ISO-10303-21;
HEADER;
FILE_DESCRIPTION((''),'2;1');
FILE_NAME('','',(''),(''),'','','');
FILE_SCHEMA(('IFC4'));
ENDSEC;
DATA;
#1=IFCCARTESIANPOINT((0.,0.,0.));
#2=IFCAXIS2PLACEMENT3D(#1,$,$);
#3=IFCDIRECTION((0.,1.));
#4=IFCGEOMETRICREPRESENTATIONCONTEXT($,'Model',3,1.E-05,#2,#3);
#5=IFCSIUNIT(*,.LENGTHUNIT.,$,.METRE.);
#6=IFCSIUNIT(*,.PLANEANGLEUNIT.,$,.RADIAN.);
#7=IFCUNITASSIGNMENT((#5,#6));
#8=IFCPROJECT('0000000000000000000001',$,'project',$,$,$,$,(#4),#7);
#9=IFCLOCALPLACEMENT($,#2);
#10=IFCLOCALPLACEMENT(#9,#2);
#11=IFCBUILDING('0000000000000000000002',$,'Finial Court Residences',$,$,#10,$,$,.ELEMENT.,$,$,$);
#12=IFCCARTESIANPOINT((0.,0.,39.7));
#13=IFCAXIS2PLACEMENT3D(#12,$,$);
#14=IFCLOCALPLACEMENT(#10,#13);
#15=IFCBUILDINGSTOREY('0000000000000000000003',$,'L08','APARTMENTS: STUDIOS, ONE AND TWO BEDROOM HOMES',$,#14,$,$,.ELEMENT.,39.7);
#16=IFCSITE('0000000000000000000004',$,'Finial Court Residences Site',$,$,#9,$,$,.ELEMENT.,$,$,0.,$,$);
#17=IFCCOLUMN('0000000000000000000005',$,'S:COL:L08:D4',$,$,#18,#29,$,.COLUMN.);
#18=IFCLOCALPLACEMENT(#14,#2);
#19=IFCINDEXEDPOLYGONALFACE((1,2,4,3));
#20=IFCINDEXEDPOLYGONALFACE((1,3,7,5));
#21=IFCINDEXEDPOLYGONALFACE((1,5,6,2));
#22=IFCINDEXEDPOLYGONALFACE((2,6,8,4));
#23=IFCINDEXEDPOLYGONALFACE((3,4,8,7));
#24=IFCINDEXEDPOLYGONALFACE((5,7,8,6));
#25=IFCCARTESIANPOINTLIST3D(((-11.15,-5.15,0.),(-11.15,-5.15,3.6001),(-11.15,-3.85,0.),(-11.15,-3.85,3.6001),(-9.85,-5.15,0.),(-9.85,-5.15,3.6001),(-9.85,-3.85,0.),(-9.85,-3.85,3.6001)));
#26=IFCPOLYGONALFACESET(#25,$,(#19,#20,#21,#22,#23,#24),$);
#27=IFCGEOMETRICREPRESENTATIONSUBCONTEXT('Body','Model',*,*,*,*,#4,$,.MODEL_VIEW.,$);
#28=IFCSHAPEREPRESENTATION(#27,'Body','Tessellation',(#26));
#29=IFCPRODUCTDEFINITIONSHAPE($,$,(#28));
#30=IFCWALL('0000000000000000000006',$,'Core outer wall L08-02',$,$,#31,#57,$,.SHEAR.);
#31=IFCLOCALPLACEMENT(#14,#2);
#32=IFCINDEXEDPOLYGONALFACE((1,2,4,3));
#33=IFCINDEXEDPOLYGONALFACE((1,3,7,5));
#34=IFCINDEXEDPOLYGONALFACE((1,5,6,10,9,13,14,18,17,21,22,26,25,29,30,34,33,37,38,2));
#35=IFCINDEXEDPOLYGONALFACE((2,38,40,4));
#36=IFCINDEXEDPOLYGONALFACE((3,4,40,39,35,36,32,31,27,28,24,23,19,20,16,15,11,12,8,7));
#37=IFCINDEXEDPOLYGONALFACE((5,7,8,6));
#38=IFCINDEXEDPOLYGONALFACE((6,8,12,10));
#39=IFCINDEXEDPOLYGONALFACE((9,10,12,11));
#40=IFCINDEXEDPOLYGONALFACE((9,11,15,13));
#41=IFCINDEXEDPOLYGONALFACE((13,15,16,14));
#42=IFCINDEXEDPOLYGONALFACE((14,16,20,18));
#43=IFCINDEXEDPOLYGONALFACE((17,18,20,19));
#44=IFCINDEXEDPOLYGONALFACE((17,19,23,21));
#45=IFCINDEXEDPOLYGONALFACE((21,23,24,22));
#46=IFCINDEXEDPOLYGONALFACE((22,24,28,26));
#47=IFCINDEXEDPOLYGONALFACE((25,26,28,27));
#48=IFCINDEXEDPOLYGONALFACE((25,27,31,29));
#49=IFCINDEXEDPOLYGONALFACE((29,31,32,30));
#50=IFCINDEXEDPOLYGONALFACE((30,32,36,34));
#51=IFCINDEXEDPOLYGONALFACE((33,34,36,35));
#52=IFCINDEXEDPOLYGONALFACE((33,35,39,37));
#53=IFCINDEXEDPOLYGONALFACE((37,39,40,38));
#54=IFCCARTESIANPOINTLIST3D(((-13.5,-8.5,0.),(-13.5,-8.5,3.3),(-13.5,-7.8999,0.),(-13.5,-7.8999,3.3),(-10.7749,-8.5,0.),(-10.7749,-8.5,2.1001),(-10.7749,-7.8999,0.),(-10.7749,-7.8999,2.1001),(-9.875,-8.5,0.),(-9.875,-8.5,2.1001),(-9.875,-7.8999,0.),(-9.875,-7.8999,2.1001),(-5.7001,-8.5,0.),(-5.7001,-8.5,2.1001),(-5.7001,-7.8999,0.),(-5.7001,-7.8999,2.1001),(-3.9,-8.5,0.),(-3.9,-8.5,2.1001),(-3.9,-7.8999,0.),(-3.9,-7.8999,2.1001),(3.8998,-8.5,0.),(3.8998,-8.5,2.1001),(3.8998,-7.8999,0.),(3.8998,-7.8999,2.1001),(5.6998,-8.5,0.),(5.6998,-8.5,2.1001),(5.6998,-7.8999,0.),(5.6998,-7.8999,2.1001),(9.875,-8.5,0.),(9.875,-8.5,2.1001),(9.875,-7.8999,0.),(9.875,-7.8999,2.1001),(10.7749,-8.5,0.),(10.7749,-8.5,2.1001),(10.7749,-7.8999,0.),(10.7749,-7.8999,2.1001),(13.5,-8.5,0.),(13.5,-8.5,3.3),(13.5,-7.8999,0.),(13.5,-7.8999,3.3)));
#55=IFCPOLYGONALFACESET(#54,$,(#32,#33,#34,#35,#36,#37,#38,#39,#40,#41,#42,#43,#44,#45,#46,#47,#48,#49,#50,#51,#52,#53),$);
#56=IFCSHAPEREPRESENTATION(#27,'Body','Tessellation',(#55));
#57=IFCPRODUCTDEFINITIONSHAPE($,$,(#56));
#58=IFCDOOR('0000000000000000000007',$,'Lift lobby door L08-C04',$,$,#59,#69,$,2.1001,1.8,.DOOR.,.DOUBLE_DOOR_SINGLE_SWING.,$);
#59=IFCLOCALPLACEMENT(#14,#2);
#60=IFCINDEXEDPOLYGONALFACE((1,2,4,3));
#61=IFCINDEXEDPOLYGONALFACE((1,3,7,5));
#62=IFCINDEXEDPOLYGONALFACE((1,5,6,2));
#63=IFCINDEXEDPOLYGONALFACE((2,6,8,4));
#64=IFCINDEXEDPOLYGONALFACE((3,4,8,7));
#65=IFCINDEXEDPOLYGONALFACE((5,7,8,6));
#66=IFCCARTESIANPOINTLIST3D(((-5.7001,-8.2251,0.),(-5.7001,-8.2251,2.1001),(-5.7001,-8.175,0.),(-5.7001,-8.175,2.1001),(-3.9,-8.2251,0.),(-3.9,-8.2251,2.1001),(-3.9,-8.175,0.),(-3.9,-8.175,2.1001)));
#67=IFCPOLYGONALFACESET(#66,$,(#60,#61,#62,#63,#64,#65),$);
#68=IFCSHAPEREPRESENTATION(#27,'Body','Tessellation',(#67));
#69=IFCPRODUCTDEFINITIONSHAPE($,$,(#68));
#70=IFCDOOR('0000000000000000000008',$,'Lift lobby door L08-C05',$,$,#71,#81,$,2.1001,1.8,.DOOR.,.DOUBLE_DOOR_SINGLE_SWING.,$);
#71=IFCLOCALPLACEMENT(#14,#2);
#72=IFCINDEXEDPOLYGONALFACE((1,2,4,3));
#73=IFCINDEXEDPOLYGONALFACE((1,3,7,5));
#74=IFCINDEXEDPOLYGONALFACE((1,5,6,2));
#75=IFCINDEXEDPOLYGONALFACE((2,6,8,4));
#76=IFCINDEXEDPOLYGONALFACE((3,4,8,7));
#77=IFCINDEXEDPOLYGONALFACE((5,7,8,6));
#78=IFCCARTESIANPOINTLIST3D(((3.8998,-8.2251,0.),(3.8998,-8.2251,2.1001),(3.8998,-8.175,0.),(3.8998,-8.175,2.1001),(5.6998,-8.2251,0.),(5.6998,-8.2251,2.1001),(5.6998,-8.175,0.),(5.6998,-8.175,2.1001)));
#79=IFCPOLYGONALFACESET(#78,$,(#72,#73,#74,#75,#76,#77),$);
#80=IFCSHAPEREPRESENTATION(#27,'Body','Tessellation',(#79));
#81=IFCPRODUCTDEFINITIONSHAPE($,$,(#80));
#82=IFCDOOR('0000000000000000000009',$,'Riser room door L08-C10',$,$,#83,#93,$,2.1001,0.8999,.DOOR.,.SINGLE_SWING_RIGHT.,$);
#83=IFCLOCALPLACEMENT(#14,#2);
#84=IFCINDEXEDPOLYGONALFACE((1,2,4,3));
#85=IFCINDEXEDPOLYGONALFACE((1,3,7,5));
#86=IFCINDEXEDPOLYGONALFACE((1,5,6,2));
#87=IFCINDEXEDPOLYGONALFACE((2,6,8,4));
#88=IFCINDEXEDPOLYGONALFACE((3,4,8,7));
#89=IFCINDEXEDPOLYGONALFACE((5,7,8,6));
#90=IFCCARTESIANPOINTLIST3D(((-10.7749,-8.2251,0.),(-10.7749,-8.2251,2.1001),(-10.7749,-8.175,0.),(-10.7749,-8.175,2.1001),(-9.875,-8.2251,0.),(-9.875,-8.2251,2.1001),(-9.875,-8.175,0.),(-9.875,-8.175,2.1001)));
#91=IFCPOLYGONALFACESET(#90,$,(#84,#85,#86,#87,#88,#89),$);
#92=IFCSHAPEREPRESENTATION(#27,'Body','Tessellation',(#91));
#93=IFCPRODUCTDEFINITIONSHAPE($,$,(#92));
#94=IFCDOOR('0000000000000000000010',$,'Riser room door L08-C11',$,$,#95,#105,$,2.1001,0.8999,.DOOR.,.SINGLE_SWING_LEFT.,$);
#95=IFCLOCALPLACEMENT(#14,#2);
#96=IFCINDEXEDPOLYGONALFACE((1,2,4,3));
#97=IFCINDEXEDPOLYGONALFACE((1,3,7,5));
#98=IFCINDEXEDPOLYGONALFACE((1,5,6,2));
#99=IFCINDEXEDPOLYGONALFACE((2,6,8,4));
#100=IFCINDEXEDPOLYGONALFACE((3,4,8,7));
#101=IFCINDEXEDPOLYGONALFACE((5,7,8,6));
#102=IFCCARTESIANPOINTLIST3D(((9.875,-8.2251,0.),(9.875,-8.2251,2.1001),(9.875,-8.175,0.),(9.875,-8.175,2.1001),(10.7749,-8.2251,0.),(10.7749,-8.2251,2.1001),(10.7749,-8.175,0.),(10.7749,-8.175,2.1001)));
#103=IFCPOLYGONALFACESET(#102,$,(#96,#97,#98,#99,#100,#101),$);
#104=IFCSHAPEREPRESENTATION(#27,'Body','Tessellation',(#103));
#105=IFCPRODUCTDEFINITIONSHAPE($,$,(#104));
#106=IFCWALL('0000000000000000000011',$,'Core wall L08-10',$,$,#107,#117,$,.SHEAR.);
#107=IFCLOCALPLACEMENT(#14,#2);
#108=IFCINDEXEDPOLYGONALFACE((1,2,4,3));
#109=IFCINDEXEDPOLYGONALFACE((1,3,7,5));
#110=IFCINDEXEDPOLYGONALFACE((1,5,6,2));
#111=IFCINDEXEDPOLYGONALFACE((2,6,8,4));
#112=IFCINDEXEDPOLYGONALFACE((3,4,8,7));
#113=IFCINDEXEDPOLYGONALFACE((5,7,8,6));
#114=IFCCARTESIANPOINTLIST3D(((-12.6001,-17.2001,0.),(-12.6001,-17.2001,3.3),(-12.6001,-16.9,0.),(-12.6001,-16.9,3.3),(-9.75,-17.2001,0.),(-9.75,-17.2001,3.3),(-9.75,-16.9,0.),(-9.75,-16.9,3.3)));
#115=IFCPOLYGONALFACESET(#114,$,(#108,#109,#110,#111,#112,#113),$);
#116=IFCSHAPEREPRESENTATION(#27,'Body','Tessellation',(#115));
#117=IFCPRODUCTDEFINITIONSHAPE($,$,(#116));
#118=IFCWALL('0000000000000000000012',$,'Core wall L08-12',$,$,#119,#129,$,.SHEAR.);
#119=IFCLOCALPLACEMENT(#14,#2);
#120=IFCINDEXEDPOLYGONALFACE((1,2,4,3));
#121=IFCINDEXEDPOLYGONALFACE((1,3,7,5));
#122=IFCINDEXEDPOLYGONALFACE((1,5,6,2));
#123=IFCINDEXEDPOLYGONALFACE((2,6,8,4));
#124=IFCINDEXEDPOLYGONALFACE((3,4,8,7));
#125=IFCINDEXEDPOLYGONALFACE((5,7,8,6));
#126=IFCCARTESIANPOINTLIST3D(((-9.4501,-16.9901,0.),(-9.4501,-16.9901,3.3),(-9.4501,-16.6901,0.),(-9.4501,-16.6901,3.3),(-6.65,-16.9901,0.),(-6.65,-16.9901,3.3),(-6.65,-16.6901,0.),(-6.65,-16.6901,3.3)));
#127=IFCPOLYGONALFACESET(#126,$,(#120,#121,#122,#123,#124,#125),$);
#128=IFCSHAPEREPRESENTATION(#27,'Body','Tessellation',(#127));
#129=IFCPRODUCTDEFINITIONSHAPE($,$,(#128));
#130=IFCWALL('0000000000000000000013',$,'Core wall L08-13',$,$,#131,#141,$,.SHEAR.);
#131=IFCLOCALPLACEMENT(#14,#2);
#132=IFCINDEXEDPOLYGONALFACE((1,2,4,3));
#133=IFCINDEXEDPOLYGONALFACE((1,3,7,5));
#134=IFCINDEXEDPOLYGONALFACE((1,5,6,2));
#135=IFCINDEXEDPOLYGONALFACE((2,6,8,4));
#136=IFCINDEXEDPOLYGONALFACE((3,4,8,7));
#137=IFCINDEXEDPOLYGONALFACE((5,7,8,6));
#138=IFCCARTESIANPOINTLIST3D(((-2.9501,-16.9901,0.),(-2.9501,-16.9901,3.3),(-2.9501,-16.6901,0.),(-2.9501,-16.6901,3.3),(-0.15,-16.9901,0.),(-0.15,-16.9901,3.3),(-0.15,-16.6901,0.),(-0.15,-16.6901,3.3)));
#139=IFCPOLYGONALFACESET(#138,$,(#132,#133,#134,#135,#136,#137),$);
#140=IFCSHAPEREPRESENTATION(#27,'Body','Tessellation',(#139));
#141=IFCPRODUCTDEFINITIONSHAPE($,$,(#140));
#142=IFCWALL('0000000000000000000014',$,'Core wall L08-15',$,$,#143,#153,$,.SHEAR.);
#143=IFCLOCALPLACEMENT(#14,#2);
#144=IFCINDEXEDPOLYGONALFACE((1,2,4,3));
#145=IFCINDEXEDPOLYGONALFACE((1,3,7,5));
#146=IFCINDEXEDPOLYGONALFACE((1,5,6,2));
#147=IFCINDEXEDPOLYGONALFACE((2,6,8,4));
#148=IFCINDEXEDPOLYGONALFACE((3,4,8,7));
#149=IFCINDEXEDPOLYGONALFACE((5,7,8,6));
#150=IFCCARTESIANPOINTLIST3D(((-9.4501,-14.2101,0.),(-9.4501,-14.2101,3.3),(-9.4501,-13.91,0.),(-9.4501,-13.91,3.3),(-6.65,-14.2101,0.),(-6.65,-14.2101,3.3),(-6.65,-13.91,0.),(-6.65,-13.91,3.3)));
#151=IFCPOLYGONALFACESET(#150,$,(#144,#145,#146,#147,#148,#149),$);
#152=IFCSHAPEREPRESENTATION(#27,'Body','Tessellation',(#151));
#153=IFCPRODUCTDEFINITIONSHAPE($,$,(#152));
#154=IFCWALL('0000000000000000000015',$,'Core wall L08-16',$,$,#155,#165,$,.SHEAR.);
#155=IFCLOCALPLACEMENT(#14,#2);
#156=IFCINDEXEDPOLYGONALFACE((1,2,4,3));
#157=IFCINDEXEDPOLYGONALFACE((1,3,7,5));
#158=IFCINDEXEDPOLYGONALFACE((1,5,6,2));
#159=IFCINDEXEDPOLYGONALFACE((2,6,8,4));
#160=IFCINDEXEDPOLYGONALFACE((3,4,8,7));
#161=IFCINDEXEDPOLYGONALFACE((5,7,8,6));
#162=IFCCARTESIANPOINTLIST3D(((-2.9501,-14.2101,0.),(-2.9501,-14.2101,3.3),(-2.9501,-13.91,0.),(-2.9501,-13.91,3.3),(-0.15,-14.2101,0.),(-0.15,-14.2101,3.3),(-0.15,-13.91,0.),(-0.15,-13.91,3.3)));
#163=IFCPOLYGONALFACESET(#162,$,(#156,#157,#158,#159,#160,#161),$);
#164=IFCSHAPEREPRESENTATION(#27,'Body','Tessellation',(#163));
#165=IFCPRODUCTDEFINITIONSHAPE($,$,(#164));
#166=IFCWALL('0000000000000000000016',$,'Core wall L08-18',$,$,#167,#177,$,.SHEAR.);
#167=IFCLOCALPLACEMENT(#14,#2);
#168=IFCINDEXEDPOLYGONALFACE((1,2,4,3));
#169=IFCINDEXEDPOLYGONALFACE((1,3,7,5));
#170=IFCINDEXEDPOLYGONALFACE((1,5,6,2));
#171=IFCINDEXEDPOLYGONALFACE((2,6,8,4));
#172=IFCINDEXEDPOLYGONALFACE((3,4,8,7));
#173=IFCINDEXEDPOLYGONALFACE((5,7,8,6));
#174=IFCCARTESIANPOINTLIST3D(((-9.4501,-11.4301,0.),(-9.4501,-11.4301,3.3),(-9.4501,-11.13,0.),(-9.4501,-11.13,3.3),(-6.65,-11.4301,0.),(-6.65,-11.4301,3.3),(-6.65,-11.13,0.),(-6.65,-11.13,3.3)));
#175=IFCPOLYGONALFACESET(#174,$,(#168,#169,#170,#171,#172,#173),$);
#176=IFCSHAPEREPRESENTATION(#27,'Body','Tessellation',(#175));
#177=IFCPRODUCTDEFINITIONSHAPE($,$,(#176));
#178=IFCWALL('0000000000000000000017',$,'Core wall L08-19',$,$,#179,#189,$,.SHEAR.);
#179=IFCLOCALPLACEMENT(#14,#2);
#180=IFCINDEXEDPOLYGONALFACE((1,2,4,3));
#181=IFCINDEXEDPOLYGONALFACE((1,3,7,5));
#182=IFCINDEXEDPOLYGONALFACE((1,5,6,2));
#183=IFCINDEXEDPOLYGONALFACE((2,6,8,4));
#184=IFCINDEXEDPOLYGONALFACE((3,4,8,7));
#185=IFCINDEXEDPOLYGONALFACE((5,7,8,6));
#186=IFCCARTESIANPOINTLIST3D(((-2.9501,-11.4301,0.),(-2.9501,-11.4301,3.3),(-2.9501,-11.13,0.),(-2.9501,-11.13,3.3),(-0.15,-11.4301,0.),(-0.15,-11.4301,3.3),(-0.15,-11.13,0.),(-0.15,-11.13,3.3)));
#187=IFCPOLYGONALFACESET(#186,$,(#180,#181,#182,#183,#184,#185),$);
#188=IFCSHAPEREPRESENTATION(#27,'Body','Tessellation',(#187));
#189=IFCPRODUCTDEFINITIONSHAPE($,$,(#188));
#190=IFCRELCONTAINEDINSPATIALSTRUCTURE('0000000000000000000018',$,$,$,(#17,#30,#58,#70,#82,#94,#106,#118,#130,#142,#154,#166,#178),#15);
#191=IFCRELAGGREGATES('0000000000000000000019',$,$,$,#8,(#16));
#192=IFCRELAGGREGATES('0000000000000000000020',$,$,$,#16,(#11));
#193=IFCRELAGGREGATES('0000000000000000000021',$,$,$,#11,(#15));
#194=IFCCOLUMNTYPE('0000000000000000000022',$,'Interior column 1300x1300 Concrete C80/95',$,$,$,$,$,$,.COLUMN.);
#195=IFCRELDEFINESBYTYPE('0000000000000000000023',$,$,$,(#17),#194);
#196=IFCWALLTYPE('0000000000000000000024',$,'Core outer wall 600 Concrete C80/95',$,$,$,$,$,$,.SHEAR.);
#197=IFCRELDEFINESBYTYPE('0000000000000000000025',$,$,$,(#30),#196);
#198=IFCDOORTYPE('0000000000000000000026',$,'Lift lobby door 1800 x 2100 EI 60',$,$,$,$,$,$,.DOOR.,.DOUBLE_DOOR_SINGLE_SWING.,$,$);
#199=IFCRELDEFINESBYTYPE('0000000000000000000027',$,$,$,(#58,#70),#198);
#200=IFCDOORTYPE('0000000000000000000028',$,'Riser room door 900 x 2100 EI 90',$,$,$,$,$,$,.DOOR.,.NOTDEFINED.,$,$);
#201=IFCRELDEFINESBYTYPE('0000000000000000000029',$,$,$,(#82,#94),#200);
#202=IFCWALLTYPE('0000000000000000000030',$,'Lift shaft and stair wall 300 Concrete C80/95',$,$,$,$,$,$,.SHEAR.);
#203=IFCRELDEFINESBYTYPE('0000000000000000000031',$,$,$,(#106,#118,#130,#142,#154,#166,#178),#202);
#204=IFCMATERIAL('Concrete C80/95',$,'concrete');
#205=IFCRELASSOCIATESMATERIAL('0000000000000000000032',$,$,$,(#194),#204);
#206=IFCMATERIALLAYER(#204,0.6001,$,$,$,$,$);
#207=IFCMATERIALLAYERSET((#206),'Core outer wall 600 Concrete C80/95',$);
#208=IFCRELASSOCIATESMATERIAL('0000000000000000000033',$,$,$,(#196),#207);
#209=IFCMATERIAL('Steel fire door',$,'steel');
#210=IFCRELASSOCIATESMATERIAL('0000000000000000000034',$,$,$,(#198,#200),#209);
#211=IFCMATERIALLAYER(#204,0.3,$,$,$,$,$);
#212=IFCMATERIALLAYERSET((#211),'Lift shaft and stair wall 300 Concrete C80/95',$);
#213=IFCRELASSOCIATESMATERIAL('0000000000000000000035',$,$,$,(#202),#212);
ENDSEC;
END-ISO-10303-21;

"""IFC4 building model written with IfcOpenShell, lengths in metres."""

from ifc_helpers import new_model, si_unit, direction, frame, frame_2d, origin, origin_2d, place, context, subcontext, project, spatial, rectangle, extrude, material, layer, layer_set, material_profile, profile_set, type_object, element, fill, save


model = new_model("IFC4")

# Units and contexts
model_context = context("Model", 3, precision=1e-05, world=origin(), true_north=direction((0.0, 1.0)))
body_context = subcontext(model_context, "Body", "Model", "MODEL_VIEW")
ifc_project = project(units=[si_unit("LENGTHUNIT", "METRE"), si_unit("PLANEANGLEUNIT", "RADIAN")], contexts=[model_context])

# Site, building, storey
site_placement = place(None, origin())
site = spatial("IfcSite", under=ifc_project, at=site_placement, Name="Finial Court Residences Site", CompositionType="ELEMENT", RefElevation=0.0)
building_placement = place(site_placement, origin())
building = spatial("IfcBuilding", under=site, at=building_placement, Name="Finial Court Residences", CompositionType="ELEMENT")
storey_placement = place(building_placement, frame((0.0, 0.0, 39.7)))
storey = spatial("IfcBuildingStorey", under=building, at=storey_placement, Name="L08", Description="APARTMENTS: STUDIOS, ONE AND TWO BEDROOM HOMES", CompositionType="ELEMENT", Elevation=39.7)

# Column
ifc_material_1 = material(Name="Concrete C80/95", Category="concrete")
ifc_material_profile = material_profile(ifc_material_1, rectangle(XDim=1.3, YDim=1.3, at=origin_2d()), Name="1300x1300")
ifc_profile_set = profile_set([ifc_material_profile], Name="Concrete C80/95")
column_type = type_object("IfcColumnType", Name="Interior column 1300x1300 Concrete C80/95", PredefinedType="COLUMN", material=ifc_profile_set)
column_placement = place(storey_placement, frame((-10.5, -4.5, 0.0), z_axis=(0.0, 0.0, 1.0), x_axis=(1.0, 0.0, 0.0)))
element("IfcColumn", 1, at=column_placement, inside=storey, type_object=column_type, Name="S:COL:L08:D4", PredefinedType="COLUMN", context=body_context, shape_type="SweptSolid", body=[
    extrude(rectangle(XDim=1.3, YDim=1.3, at=origin_2d()), origin(), (0.0, 0.0, 1.0), 3.6001),
])

# Wall, openings, doors
ifc_layer_1 = layer(ifc_material_1, 0.6001)
ifc_layer_set_1 = layer_set([ifc_layer_1], Name="Core outer wall 600 Concrete C80/95")
wall_type_1 = type_object("IfcWallType", Name="Core outer wall 600 Concrete C80/95", PredefinedType="SHEAR", material=ifc_layer_set_1)
wall_1_placement = place(storey_placement, frame((-13.5, -8.2, 0.0), z_axis=(0.0, 0.0, 1.0), x_axis=(1.0, 0.0, 0.0)))
wall_1 = element("IfcWall", 2, at=wall_1_placement, inside=storey, type_object=wall_type_1, Name="Core outer wall L08-02", PredefinedType="SHEAR", context=body_context, shape_type="SweptSolid", body=[
    extrude(rectangle(XDim=27.0, YDim=0.6001, at=frame_2d((13.5, 0.0))), origin(), (0.0, 0.0, 1.0), 3.3),
])
opening_1_placement = place(wall_1_placement, frame((7.8, 0.0, 0.0)))
opening_1 = element("IfcOpeningElement", 3, at=opening_1_placement, cuts=wall_1, PredefinedType="OPENING", context=body_context, shape_type="SweptSolid", body=[
    extrude(rectangle(XDim=1.8, YDim=2.1001, at=frame_2d((0.8999, 1.05))), frame((0.0, 0.3101, 0.0), z_axis=(0.0, -1.0, 0.0), x_axis=(1.0, 0.0, 0.0)), (0.0, 0.0, 1.0), 0.6201),
])
opening_2_placement = place(wall_1_placement, frame((17.3999, 0.0, 0.0)))
opening_2 = element("IfcOpeningElement", 4, at=opening_2_placement, cuts=wall_1, PredefinedType="OPENING", context=body_context, shape_type="SweptSolid", body=[
    extrude(rectangle(XDim=1.8, YDim=2.1001, at=frame_2d((0.8999, 1.05))), frame((0.0, 0.3101, 0.0), z_axis=(0.0, -1.0, 0.0), x_axis=(1.0, 0.0, 0.0)), (0.0, 0.0, 1.0), 0.6201),
])
opening_3_placement = place(wall_1_placement, frame((2.7251, 0.0, 0.0)))
opening_3 = element("IfcOpeningElement", 5, at=opening_3_placement, cuts=wall_1, PredefinedType="OPENING", context=body_context, shape_type="SweptSolid", body=[
    extrude(rectangle(XDim=0.8999, YDim=2.1001, at=frame_2d((0.45, 1.05))), frame((0.0, 0.3101, 0.0), z_axis=(0.0, -1.0, 0.0), x_axis=(1.0, 0.0, 0.0)), (0.0, 0.0, 1.0), 0.6201),
])
opening_4_placement = place(wall_1_placement, frame((23.375, 0.0, 0.0)))
opening_4 = element("IfcOpeningElement", 6, at=opening_4_placement, cuts=wall_1, PredefinedType="OPENING", context=body_context, shape_type="SweptSolid", body=[
    extrude(rectangle(XDim=0.8999, YDim=2.1001, at=frame_2d((0.45, 1.05))), frame((0.0, 0.3101, 0.0), z_axis=(0.0, -1.0, 0.0), x_axis=(1.0, 0.0, 0.0)), (0.0, 0.0, 1.0), 0.6201),
])
ifc_material_2 = material(Name="Steel fire door", Category="steel")
door_type_1 = type_object("IfcDoorType", Name="Lift lobby door 1800 x 2100 EI 60", OperationType="DOUBLE_DOOR_SINGLE_SWING", PredefinedType="DOOR", material=ifc_material_2)
door_1_placement = place(opening_1_placement, origin())
door_1 = element("IfcDoor", 7, at=door_1_placement, inside=storey, type_object=door_type_1, Name="Lift lobby door L08-C04", OperationType="DOUBLE_DOOR_SINGLE_SWING", OverallHeight=2.1001, OverallWidth=1.8, PredefinedType="DOOR", context=body_context, shape_type="SweptSolid", body=[
    extrude(rectangle(XDim=1.8, YDim=2.1001, at=frame_2d((0.8999, 1.05))), frame((0.0, 0.0249, 0.0), z_axis=(0.0, -1.0, 0.0), x_axis=(1.0, 0.0, 0.0)), (0.0, 0.0, 1.0), 0.05),
])
fill(opening_1, door_1)
door_2_placement = place(opening_2_placement, origin())
door_2 = element("IfcDoor", 8, at=door_2_placement, inside=storey, type_object=door_type_1, Name="Lift lobby door L08-C05", OperationType="DOUBLE_DOOR_SINGLE_SWING", OverallHeight=2.1001, OverallWidth=1.8, PredefinedType="DOOR", context=body_context, shape_type="SweptSolid", body=[
    extrude(rectangle(XDim=1.8, YDim=2.1001, at=frame_2d((0.8999, 1.05))), frame((0.0, 0.0249, 0.0), z_axis=(0.0, -1.0, 0.0), x_axis=(1.0, 0.0, 0.0)), (0.0, 0.0, 1.0), 0.05),
])
fill(opening_2, door_2)
door_type_2 = type_object("IfcDoorType", Name="Riser room door 900 x 2100 EI 90", OperationType="NOTDEFINED", PredefinedType="DOOR", material=ifc_material_2)
door_3_placement = place(opening_3_placement, origin())
door_3 = element("IfcDoor", 9, at=door_3_placement, inside=storey, type_object=door_type_2, Name="Riser room door L08-C10", OperationType="SINGLE_SWING_RIGHT", OverallHeight=2.1001, OverallWidth=0.8999, PredefinedType="DOOR", context=body_context, shape_type="SweptSolid", body=[
    extrude(rectangle(XDim=0.8999, YDim=2.1001, at=frame_2d((0.45, 1.05))), frame((0.0, 0.0249, 0.0), z_axis=(0.0, -1.0, 0.0), x_axis=(1.0, 0.0, 0.0)), (0.0, 0.0, 1.0), 0.05),
])
fill(opening_3, door_3)
door_4_placement = place(opening_4_placement, origin())
door_4 = element("IfcDoor", 10, at=door_4_placement, inside=storey, type_object=door_type_2, Name="Riser room door L08-C11", OperationType="SINGLE_SWING_LEFT", OverallHeight=2.1001, OverallWidth=0.8999, PredefinedType="DOOR", context=body_context, shape_type="SweptSolid", body=[
    extrude(rectangle(XDim=0.8999, YDim=2.1001, at=frame_2d((0.45, 1.05))), frame((0.0, 0.0249, 0.0), z_axis=(0.0, -1.0, 0.0), x_axis=(1.0, 0.0, 0.0)), (0.0, 0.0, 1.0), 0.05),
])
fill(opening_4, door_4)

# Walls
ifc_layer_2 = layer(ifc_material_1, 0.3)
ifc_layer_set_2 = layer_set([ifc_layer_2], Name="Lift shaft and stair wall 300 Concrete C80/95")
wall_type_2 = type_object("IfcWallType", Name="Lift shaft and stair wall 300 Concrete C80/95", PredefinedType="SHEAR", material=ifc_layer_set_2)
wall_2_placement = place(storey_placement, frame((-12.6001, -17.05, 0.0), z_axis=(0.0, 0.0, 1.0), x_axis=(1.0, 0.0, 0.0)))
element("IfcWall", 11, at=wall_2_placement, inside=storey, type_object=wall_type_2, Name="Core wall L08-10", PredefinedType="SHEAR", context=body_context, shape_type="SweptSolid", body=[
    extrude(rectangle(XDim=2.8501, YDim=0.3, at=frame_2d((1.425, 0.0))), origin(), (0.0, 0.0, 1.0), 3.3),
])
for number, where, z_axis, x_axis, name in (
    (12, (-9.45, -16.8401, 0.0), (0.0, 0.0, 1.0), (1.0, 0.0, 0.0), "Core wall L08-12"),
    (13, (-2.95, -16.8401, 0.0), (0.0, 0.0, 1.0), (1.0, 0.0, 0.0), "Core wall L08-13"),
    (14, (-9.45, -14.0601, 0.0), (0.0, 0.0, 1.0), (1.0, 0.0, 0.0), "Core wall L08-15"),
    (15, (-2.95, -14.0601, 0.0), (0.0, 0.0, 1.0), (1.0, 0.0, 0.0), "Core wall L08-16"),
    (16, (-9.45, -11.28, 0.0), (0.0, 0.0, 1.0), (1.0, 0.0, 0.0), "Core wall L08-18"),
    (17, (-2.95, -11.28, 0.0), (0.0, 0.0, 1.0), (1.0, 0.0, 0.0), "Core wall L08-19"),
):
    element("IfcWall", number, at=place(storey_placement, frame(where, z_axis=z_axis, x_axis=x_axis)), inside=storey, type_object=wall_type_2, Name=name, PredefinedType="SHEAR", context=body_context, shape_type="SweptSolid", body=[
        extrude(rectangle(XDim=2.8, YDim=0.3, at=frame_2d((1.3999, 0.0))), origin(), (0.0, 0.0, 1.0), 3.3),
    ])

save(model, "model.ifc")
